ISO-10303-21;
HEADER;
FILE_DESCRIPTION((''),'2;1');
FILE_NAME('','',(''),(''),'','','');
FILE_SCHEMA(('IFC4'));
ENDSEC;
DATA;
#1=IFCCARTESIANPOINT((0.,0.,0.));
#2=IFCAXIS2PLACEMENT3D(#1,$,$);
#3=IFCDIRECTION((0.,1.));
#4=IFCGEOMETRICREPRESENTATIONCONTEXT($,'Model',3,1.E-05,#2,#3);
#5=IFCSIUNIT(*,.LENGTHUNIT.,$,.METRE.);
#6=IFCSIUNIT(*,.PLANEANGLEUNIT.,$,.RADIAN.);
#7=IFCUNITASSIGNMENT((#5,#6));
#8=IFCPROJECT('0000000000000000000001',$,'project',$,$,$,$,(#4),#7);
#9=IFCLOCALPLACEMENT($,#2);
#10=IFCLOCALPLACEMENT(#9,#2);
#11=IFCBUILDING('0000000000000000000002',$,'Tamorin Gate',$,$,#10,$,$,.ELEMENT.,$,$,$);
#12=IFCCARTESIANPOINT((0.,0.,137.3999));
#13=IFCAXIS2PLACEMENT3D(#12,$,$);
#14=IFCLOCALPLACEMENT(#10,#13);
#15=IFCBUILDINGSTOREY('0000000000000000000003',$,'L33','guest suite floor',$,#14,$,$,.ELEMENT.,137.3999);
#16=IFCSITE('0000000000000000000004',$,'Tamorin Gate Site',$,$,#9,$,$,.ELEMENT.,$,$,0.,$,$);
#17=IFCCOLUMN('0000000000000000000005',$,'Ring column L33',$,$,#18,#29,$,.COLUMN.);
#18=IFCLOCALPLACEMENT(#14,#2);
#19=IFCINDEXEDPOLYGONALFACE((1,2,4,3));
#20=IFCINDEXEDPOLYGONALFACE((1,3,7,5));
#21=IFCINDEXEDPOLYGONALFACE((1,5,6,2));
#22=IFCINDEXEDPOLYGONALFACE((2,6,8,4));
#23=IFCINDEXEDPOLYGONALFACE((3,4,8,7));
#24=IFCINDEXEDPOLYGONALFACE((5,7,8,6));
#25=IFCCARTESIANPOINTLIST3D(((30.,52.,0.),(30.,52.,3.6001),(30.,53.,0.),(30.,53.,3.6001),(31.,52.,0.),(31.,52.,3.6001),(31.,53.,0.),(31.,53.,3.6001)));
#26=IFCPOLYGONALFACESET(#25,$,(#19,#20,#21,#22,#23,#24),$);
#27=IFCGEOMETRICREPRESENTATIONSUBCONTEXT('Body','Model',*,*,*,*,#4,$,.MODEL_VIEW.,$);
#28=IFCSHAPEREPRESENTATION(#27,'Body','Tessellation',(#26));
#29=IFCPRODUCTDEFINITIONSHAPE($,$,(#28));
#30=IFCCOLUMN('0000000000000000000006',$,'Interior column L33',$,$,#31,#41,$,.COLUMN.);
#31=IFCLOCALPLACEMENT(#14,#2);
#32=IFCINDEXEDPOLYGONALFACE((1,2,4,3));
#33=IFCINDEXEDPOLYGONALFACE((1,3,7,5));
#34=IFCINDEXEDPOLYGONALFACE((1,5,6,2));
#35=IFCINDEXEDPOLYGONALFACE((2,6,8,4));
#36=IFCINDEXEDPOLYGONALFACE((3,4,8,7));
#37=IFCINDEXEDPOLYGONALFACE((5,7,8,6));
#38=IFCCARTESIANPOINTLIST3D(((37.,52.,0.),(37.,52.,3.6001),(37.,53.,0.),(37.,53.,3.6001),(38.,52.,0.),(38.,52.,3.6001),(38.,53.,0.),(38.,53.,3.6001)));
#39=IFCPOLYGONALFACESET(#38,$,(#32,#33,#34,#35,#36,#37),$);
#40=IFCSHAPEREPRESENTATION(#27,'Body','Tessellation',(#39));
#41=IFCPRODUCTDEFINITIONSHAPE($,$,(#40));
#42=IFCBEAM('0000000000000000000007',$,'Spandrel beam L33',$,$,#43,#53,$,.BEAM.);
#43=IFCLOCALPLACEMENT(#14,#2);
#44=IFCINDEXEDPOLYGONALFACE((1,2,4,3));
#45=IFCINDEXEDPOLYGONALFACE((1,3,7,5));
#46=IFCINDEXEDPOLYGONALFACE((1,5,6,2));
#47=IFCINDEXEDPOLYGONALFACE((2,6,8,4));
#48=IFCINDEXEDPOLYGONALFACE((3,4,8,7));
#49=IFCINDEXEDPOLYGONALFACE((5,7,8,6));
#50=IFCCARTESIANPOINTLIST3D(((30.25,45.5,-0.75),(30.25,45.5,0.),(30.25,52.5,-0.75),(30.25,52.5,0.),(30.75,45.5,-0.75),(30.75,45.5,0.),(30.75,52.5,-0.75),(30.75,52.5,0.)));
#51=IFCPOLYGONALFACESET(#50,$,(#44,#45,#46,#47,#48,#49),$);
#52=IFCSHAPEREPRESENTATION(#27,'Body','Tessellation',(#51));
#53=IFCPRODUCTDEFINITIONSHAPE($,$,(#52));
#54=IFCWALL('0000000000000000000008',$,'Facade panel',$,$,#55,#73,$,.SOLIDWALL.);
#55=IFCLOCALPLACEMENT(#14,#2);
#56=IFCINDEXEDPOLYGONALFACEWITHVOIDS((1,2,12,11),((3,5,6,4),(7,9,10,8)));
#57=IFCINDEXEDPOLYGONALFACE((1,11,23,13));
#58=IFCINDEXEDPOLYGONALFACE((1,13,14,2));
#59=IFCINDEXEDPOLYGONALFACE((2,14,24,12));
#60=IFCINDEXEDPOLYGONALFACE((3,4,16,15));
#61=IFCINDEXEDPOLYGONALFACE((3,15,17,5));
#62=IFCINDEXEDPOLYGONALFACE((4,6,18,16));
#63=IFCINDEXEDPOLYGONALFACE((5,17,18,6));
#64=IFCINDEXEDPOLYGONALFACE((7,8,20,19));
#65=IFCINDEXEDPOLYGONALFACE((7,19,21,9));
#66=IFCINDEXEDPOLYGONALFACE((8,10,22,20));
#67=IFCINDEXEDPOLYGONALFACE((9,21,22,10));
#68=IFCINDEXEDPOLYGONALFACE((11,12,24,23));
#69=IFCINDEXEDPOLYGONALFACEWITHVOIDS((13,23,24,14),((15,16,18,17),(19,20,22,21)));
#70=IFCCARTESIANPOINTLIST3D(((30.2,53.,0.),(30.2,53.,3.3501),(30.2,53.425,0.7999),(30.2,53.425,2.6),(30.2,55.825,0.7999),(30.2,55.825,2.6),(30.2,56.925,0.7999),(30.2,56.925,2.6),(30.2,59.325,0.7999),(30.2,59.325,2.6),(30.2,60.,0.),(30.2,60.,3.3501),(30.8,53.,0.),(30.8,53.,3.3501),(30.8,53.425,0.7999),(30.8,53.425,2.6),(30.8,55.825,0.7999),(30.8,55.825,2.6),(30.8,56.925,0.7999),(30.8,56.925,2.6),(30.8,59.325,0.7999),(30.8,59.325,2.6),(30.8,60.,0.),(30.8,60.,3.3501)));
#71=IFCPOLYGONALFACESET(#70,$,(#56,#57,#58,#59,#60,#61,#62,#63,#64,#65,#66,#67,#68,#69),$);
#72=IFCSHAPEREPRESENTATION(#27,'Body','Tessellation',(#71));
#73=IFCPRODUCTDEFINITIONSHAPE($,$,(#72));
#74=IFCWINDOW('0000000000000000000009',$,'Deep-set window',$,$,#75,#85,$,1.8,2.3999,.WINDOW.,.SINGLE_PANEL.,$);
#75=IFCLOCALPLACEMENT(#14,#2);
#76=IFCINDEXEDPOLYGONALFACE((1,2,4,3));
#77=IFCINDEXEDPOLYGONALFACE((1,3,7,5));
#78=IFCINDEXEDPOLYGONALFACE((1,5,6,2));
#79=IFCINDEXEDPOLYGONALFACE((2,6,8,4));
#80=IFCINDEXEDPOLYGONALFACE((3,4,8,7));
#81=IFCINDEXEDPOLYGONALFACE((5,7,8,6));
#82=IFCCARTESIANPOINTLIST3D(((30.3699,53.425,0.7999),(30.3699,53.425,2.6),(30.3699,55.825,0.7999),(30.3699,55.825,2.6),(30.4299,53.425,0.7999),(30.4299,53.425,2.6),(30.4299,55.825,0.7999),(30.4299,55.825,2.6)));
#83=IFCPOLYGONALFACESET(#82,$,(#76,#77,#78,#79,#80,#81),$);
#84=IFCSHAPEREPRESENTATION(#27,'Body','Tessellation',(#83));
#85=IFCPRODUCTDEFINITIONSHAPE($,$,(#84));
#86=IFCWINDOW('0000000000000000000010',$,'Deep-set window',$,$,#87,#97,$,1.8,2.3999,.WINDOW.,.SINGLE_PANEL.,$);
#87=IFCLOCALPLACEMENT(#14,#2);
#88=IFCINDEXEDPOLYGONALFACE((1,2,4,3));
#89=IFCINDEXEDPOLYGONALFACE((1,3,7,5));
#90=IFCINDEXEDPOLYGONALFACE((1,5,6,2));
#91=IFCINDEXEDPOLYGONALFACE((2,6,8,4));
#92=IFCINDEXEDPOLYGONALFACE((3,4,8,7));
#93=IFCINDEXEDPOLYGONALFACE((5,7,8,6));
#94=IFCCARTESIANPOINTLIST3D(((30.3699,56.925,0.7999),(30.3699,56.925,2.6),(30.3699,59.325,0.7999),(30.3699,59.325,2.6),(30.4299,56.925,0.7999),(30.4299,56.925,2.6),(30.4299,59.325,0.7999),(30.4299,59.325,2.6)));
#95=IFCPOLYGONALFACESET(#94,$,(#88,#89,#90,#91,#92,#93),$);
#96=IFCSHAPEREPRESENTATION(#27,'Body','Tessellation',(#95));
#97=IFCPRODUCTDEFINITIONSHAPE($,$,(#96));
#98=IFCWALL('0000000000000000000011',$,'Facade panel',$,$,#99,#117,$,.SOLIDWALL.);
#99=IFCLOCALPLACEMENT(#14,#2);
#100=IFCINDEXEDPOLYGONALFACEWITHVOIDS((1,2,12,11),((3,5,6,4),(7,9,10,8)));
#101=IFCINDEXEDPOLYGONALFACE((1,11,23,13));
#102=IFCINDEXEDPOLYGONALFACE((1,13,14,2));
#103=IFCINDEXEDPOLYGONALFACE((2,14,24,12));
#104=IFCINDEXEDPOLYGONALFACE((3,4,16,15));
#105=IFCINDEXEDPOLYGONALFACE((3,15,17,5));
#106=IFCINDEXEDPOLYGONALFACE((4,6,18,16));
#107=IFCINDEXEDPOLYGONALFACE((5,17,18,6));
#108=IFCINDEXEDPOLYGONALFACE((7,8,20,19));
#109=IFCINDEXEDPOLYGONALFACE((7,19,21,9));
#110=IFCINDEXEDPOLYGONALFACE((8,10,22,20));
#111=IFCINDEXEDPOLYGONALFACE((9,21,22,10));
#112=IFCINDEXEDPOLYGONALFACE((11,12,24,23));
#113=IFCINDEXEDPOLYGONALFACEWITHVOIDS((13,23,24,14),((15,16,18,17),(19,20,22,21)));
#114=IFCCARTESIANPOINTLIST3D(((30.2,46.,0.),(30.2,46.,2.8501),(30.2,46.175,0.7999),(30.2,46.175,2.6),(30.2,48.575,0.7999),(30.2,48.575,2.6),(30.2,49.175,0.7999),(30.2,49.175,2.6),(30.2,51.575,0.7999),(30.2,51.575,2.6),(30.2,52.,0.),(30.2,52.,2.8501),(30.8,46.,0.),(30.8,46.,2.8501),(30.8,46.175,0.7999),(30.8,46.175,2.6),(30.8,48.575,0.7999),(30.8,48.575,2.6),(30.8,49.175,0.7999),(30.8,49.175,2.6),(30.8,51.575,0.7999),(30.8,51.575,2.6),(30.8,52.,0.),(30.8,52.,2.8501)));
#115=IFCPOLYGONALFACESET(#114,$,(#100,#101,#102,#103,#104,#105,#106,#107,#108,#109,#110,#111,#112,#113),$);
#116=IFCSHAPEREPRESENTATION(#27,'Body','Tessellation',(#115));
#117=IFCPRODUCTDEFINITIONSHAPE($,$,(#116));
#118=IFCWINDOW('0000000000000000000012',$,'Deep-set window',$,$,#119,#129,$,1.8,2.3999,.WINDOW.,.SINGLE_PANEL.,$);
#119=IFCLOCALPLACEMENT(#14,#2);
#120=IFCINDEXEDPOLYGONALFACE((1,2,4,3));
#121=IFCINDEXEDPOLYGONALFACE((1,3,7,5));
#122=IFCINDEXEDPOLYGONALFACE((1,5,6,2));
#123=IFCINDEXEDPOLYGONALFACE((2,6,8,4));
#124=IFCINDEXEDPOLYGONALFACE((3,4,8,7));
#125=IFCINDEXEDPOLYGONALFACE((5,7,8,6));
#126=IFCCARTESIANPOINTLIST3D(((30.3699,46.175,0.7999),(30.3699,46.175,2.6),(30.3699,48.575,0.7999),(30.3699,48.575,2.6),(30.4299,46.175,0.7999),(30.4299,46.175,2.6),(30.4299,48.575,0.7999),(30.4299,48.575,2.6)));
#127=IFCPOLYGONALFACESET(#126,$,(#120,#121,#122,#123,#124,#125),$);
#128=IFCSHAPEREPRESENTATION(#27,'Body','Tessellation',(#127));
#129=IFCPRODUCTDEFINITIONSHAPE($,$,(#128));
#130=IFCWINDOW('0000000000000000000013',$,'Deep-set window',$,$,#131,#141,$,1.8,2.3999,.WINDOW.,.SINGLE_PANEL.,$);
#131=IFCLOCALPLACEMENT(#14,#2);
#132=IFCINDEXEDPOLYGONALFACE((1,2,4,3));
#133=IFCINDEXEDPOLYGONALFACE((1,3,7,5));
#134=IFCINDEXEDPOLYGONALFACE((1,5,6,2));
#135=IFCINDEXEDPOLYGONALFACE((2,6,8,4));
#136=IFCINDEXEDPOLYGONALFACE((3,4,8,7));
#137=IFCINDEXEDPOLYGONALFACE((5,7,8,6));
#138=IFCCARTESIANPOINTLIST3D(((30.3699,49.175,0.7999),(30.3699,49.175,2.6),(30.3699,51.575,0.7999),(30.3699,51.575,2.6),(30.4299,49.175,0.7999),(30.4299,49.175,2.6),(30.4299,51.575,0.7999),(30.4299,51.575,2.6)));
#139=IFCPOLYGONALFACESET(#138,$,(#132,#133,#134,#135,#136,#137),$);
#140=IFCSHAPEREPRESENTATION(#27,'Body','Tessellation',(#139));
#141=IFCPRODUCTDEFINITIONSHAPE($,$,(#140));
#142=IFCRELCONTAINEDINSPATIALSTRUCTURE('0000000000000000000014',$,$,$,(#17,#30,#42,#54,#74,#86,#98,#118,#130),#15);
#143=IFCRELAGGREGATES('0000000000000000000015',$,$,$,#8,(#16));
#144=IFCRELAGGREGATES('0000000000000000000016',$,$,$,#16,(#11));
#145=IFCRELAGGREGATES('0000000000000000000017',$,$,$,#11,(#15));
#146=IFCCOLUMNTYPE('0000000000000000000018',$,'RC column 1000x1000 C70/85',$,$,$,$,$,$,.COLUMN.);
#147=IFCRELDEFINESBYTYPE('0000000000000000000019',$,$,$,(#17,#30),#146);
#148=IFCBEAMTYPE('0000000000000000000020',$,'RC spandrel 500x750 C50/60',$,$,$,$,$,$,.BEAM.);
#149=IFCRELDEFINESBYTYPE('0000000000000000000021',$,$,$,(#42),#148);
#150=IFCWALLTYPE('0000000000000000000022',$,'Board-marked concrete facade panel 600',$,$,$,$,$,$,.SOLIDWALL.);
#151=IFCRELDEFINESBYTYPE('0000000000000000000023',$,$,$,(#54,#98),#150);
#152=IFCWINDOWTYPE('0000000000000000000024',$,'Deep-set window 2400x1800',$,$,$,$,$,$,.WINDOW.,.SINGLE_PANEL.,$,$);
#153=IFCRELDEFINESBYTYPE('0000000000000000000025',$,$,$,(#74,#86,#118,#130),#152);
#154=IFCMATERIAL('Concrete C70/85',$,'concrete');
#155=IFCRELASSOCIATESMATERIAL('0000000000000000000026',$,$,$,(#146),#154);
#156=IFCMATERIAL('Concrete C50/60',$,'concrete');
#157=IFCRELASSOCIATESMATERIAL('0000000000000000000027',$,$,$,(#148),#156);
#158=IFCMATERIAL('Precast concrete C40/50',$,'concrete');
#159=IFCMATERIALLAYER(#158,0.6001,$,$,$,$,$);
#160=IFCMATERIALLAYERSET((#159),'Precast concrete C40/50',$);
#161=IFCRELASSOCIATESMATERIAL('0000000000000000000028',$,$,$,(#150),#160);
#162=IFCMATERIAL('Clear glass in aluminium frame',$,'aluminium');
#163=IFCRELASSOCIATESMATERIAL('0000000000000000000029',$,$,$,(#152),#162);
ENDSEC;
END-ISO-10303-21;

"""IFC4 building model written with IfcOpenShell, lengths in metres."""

from ifc_helpers import new_model, si_unit, direction, frame, frame_2d, origin, origin_2d, place, context, subcontext, project, spatial, rectangle, extrude, material, layer, layer_set, material_profile, profile_set, type_object, element, fill, save


model = new_model("IFC4")

# Units and contexts
model_context = context("Model", 3, precision=1e-05, world=origin(), true_north=direction((0.0, 1.0)))
body_context = subcontext(model_context, "Body", "Model", "MODEL_VIEW")
ifc_project = project(units=[si_unit("LENGTHUNIT", "METRE"), si_unit("PLANEANGLEUNIT", "RADIAN")], contexts=[model_context])

# Site, building, storey
site_placement = place(None, origin())
site = spatial("IfcSite", under=ifc_project, at=site_placement, Name="Tamorin Gate Site", CompositionType="ELEMENT", RefElevation=0.0)
building_placement = place(site_placement, origin())
building = spatial("IfcBuilding", under=site, at=building_placement, Name="Tamorin Gate", CompositionType="ELEMENT")
storey_placement = place(building_placement, frame((0.0, 0.0, 137.3999)))
storey = spatial("IfcBuildingStorey", under=building, at=storey_placement, Name="L33", Description="guest suite floor", CompositionType="ELEMENT", Elevation=137.3999)

# Columns
ifc_material_1 = material(Name="Concrete C70/85", Category="concrete")
ifc_material_profile_1 = material_profile(ifc_material_1, rectangle(XDim=1.0, YDim=1.0, at=origin_2d()), Name="RC 1000x1000")
ifc_profile_set_1 = profile_set([ifc_material_profile_1], Name="Concrete C70/85")
column_type = type_object("IfcColumnType", Name="RC column 1000x1000 C70/85", PredefinedType="COLUMN", material=ifc_profile_set_1)
for number, where, z_axis, x_axis, name in (
    (1, (30.5, 52.5, 0.0), (0.0, 0.0, 1.0), (1.0, 0.0, 0.0), "Ring column L33"),
    (2, (37.5, 52.5, 0.0), (0.0, 0.0, 1.0), (1.0, 0.0, 0.0), "Interior column L33"),
):
    element("IfcColumn", number, at=place(storey_placement, frame(where, z_axis=z_axis, x_axis=x_axis)), inside=storey, type_object=column_type, Name=name, PredefinedType="COLUMN", context=body_context, shape_type="SweptSolid", body=[
        extrude(rectangle(XDim=1.0, YDim=1.0, at=origin_2d()), origin(), (0.0, 0.0, 1.0), 3.6001),
    ])

# Beam
ifc_material_2 = material(Name="Concrete C50/60", Category="concrete")
ifc_material_profile_2 = material_profile(ifc_material_2, rectangle(XDim=0.5, YDim=0.75, at=origin_2d()), Name="RC 500x750")
ifc_profile_set_2 = profile_set([ifc_material_profile_2], Name="Concrete C50/60")
beam_type = type_object("IfcBeamType", Name="RC spandrel 500x750 C50/60", PredefinedType="BEAM", material=ifc_profile_set_2)
beam_placement = place(storey_placement, frame((30.5, 52.5, -0.375), z_axis=(0.0, -1.0, 0.0), x_axis=(1.0, 0.0, 0.0)))
element("IfcBeam", 3, at=beam_placement, inside=storey, type_object=beam_type, Name="Spandrel beam L33", PredefinedType="BEAM", context=body_context, shape_type="SweptSolid", body=[
    extrude(rectangle(XDim=0.5, YDim=0.75, at=origin_2d()), origin(), (0.0, 0.0, 1.0), 7.0),
])

# Walls, openings, windows
ifc_material_3 = material(Name="Precast concrete C40/50", Category="concrete")
ifc_layer_1 = layer(ifc_material_3, 0.6001)
ifc_layer_set_1 = layer_set([ifc_layer_1], Name="Precast concrete C40/50")
wall_type_1 = type_object("IfcWallType", Name="Board-marked concrete facade panel 600", PredefinedType="SOLIDWALL", material=ifc_layer_set_1)
wall_1_placement = place(storey_placement, frame((30.5, 60.0, 0.0), z_axis=(0.0, 0.0, 1.0), x_axis=(0.0, -1.0, 0.0)))
wall_1 = element("IfcWall", 4, at=wall_1_placement, inside=storey, type_object=wall_type_1, Name="Facade panel", PredefinedType="SOLIDWALL", context=body_context, shape_type="SweptSolid", body=[
    extrude(rectangle(XDim=7.0, YDim=0.6001, at=frame_2d((3.5, 0.0))), origin(), (0.0, 0.0, 1.0), 3.3501),
])
opening_1_placement = place(wall_1_placement, frame((4.175, 0.0, 0.8)))
opening_1 = element("IfcOpeningElement", 5, at=opening_1_placement, cuts=wall_1, PredefinedType="OPENING", context=body_context, shape_type="SweptSolid", body=[
    extrude(rectangle(XDim=2.3999, YDim=1.8, at=frame_2d((1.2, 0.8999))), frame((0.0, 0.3101, 0.0), z_axis=(0.0, -1.0, 0.0), x_axis=(1.0, 0.0, 0.0)), (0.0, 0.0, 1.0), 0.6201),
])
opening_2_placement = place(wall_1_placement, frame((0.675, 0.0, 0.8)))
opening_2 = element("IfcOpeningElement", 6, at=opening_2_placement, cuts=wall_1, PredefinedType="OPENING", context=body_context, shape_type="SweptSolid", body=[
    extrude(rectangle(XDim=2.3999, YDim=1.8, at=frame_2d((1.2, 0.8999))), frame((0.0, 0.3101, 0.0), z_axis=(0.0, -1.0, 0.0), x_axis=(1.0, 0.0, 0.0)), (0.0, 0.0, 1.0), 0.6201),
])
ifc_material_4 = material(Name="Clear glass in aluminium frame", Category="aluminium")
window_type = type_object("IfcWindowType", Name="Deep-set window 2400x1800", PartitioningType="SINGLE_PANEL", PredefinedType="WINDOW", material=ifc_material_4)
window_1_placement = place(opening_1_placement, origin())
window_1 = element("IfcWindow", 7, at=window_1_placement, inside=storey, type_object=window_type, Name="Deep-set window", OverallHeight=1.8, OverallWidth=2.3999, PartitioningType="SINGLE_PANEL", PredefinedType="WINDOW", context=body_context, shape_type="SweptSolid", body=[
    extrude(rectangle(XDim=2.3999, YDim=1.8, at=frame_2d((1.2, 0.8999))), frame((0.0, -0.0701, 0.0), z_axis=(0.0, -1.0, 0.0), x_axis=(1.0, 0.0, 0.0)), (0.0, 0.0, 1.0), 0.0601),
])
fill(opening_1, window_1)
window_2_placement = place(opening_2_placement, origin())
window_2 = element("IfcWindow", 8, at=window_2_placement, inside=storey, type_object=window_type, Name="Deep-set window", OverallHeight=1.8, OverallWidth=2.3999, PartitioningType="SINGLE_PANEL", PredefinedType="WINDOW", context=body_context, shape_type="SweptSolid", body=[
    extrude(rectangle(XDim=2.3999, YDim=1.8, at=frame_2d((1.2, 0.8999))), frame((0.0, -0.0701, 0.0), z_axis=(0.0, -1.0, 0.0), x_axis=(1.0, 0.0, 0.0)), (0.0, 0.0, 1.0), 0.0601),
])
fill(opening_2, window_2)
wall_2_placement = place(storey_placement, frame((30.5, 52.0, 0.0), z_axis=(0.0, 0.0, 1.0), x_axis=(0.0, -1.0, 0.0)))
wall_2 = element("IfcWall", 9, at=wall_2_placement, inside=storey, type_object=wall_type_1, Name="Facade panel", PredefinedType="SOLIDWALL", context=body_context, shape_type="SweptSolid", body=[
    extrude(rectangle(XDim=6.0, YDim=0.6001, at=frame_2d((3.0, 0.0))), origin(), (0.0, 0.0, 1.0), 2.8501),
])
opening_3_placement = place(wall_2_placement, frame((3.425, 0.0, 0.8)))
opening_3 = element("IfcOpeningElement", 10, at=opening_3_placement, cuts=wall_2, PredefinedType="OPENING", context=body_context, shape_type="SweptSolid", body=[
    extrude(rectangle(XDim=2.3999, YDim=1.8, at=frame_2d((1.2, 0.8999))), frame((0.0, 0.3101, 0.0), z_axis=(0.0, -1.0, 0.0), x_axis=(1.0, 0.0, 0.0)), (0.0, 0.0, 1.0), 0.6201),
])
opening_4_placement = place(wall_2_placement, frame((0.425, 0.0, 0.8)))
opening_4 = element("IfcOpeningElement", 11, at=opening_4_placement, cuts=wall_2, PredefinedType="OPENING", context=body_context, shape_type="SweptSolid", body=[
    extrude(rectangle(XDim=2.3999, YDim=1.8, at=frame_2d((1.2, 0.8999))), frame((0.0, 0.3101, 0.0), z_axis=(0.0, -1.0, 0.0), x_axis=(1.0, 0.0, 0.0)), (0.0, 0.0, 1.0), 0.6201),
])
window_3_placement = place(opening_3_placement, origin())
window_3 = element("IfcWindow", 12, at=window_3_placement, inside=storey, type_object=window_type, Name="Deep-set window", OverallHeight=1.8, OverallWidth=2.3999, PartitioningType="SINGLE_PANEL", PredefinedType="WINDOW", context=body_context, shape_type="SweptSolid", body=[
    extrude(rectangle(XDim=2.3999, YDim=1.8, at=frame_2d((1.2, 0.8999))), frame((0.0, -0.0701, 0.0), z_axis=(0.0, -1.0, 0.0), x_axis=(1.0, 0.0, 0.0)), (0.0, 0.0, 1.0), 0.0601),
])
fill(opening_3, window_3)
window_4_placement = place(opening_4_placement, origin())
window_4 = element("IfcWindow", 13, at=window_4_placement, inside=storey, type_object=window_type, Name="Deep-set window", OverallHeight=1.8, OverallWidth=2.3999, PartitioningType="SINGLE_PANEL", PredefinedType="WINDOW", context=body_context, shape_type="SweptSolid", body=[
    extrude(rectangle(XDim=2.3999, YDim=1.8, at=frame_2d((1.2, 0.8999))), frame((0.0, -0.0701, 0.0), z_axis=(0.0, -1.0, 0.0), x_axis=(1.0, 0.0, 0.0)), (0.0, 0.0, 1.0), 0.0601),
])
fill(opening_4, window_4)

save(model, "model.ifc")
